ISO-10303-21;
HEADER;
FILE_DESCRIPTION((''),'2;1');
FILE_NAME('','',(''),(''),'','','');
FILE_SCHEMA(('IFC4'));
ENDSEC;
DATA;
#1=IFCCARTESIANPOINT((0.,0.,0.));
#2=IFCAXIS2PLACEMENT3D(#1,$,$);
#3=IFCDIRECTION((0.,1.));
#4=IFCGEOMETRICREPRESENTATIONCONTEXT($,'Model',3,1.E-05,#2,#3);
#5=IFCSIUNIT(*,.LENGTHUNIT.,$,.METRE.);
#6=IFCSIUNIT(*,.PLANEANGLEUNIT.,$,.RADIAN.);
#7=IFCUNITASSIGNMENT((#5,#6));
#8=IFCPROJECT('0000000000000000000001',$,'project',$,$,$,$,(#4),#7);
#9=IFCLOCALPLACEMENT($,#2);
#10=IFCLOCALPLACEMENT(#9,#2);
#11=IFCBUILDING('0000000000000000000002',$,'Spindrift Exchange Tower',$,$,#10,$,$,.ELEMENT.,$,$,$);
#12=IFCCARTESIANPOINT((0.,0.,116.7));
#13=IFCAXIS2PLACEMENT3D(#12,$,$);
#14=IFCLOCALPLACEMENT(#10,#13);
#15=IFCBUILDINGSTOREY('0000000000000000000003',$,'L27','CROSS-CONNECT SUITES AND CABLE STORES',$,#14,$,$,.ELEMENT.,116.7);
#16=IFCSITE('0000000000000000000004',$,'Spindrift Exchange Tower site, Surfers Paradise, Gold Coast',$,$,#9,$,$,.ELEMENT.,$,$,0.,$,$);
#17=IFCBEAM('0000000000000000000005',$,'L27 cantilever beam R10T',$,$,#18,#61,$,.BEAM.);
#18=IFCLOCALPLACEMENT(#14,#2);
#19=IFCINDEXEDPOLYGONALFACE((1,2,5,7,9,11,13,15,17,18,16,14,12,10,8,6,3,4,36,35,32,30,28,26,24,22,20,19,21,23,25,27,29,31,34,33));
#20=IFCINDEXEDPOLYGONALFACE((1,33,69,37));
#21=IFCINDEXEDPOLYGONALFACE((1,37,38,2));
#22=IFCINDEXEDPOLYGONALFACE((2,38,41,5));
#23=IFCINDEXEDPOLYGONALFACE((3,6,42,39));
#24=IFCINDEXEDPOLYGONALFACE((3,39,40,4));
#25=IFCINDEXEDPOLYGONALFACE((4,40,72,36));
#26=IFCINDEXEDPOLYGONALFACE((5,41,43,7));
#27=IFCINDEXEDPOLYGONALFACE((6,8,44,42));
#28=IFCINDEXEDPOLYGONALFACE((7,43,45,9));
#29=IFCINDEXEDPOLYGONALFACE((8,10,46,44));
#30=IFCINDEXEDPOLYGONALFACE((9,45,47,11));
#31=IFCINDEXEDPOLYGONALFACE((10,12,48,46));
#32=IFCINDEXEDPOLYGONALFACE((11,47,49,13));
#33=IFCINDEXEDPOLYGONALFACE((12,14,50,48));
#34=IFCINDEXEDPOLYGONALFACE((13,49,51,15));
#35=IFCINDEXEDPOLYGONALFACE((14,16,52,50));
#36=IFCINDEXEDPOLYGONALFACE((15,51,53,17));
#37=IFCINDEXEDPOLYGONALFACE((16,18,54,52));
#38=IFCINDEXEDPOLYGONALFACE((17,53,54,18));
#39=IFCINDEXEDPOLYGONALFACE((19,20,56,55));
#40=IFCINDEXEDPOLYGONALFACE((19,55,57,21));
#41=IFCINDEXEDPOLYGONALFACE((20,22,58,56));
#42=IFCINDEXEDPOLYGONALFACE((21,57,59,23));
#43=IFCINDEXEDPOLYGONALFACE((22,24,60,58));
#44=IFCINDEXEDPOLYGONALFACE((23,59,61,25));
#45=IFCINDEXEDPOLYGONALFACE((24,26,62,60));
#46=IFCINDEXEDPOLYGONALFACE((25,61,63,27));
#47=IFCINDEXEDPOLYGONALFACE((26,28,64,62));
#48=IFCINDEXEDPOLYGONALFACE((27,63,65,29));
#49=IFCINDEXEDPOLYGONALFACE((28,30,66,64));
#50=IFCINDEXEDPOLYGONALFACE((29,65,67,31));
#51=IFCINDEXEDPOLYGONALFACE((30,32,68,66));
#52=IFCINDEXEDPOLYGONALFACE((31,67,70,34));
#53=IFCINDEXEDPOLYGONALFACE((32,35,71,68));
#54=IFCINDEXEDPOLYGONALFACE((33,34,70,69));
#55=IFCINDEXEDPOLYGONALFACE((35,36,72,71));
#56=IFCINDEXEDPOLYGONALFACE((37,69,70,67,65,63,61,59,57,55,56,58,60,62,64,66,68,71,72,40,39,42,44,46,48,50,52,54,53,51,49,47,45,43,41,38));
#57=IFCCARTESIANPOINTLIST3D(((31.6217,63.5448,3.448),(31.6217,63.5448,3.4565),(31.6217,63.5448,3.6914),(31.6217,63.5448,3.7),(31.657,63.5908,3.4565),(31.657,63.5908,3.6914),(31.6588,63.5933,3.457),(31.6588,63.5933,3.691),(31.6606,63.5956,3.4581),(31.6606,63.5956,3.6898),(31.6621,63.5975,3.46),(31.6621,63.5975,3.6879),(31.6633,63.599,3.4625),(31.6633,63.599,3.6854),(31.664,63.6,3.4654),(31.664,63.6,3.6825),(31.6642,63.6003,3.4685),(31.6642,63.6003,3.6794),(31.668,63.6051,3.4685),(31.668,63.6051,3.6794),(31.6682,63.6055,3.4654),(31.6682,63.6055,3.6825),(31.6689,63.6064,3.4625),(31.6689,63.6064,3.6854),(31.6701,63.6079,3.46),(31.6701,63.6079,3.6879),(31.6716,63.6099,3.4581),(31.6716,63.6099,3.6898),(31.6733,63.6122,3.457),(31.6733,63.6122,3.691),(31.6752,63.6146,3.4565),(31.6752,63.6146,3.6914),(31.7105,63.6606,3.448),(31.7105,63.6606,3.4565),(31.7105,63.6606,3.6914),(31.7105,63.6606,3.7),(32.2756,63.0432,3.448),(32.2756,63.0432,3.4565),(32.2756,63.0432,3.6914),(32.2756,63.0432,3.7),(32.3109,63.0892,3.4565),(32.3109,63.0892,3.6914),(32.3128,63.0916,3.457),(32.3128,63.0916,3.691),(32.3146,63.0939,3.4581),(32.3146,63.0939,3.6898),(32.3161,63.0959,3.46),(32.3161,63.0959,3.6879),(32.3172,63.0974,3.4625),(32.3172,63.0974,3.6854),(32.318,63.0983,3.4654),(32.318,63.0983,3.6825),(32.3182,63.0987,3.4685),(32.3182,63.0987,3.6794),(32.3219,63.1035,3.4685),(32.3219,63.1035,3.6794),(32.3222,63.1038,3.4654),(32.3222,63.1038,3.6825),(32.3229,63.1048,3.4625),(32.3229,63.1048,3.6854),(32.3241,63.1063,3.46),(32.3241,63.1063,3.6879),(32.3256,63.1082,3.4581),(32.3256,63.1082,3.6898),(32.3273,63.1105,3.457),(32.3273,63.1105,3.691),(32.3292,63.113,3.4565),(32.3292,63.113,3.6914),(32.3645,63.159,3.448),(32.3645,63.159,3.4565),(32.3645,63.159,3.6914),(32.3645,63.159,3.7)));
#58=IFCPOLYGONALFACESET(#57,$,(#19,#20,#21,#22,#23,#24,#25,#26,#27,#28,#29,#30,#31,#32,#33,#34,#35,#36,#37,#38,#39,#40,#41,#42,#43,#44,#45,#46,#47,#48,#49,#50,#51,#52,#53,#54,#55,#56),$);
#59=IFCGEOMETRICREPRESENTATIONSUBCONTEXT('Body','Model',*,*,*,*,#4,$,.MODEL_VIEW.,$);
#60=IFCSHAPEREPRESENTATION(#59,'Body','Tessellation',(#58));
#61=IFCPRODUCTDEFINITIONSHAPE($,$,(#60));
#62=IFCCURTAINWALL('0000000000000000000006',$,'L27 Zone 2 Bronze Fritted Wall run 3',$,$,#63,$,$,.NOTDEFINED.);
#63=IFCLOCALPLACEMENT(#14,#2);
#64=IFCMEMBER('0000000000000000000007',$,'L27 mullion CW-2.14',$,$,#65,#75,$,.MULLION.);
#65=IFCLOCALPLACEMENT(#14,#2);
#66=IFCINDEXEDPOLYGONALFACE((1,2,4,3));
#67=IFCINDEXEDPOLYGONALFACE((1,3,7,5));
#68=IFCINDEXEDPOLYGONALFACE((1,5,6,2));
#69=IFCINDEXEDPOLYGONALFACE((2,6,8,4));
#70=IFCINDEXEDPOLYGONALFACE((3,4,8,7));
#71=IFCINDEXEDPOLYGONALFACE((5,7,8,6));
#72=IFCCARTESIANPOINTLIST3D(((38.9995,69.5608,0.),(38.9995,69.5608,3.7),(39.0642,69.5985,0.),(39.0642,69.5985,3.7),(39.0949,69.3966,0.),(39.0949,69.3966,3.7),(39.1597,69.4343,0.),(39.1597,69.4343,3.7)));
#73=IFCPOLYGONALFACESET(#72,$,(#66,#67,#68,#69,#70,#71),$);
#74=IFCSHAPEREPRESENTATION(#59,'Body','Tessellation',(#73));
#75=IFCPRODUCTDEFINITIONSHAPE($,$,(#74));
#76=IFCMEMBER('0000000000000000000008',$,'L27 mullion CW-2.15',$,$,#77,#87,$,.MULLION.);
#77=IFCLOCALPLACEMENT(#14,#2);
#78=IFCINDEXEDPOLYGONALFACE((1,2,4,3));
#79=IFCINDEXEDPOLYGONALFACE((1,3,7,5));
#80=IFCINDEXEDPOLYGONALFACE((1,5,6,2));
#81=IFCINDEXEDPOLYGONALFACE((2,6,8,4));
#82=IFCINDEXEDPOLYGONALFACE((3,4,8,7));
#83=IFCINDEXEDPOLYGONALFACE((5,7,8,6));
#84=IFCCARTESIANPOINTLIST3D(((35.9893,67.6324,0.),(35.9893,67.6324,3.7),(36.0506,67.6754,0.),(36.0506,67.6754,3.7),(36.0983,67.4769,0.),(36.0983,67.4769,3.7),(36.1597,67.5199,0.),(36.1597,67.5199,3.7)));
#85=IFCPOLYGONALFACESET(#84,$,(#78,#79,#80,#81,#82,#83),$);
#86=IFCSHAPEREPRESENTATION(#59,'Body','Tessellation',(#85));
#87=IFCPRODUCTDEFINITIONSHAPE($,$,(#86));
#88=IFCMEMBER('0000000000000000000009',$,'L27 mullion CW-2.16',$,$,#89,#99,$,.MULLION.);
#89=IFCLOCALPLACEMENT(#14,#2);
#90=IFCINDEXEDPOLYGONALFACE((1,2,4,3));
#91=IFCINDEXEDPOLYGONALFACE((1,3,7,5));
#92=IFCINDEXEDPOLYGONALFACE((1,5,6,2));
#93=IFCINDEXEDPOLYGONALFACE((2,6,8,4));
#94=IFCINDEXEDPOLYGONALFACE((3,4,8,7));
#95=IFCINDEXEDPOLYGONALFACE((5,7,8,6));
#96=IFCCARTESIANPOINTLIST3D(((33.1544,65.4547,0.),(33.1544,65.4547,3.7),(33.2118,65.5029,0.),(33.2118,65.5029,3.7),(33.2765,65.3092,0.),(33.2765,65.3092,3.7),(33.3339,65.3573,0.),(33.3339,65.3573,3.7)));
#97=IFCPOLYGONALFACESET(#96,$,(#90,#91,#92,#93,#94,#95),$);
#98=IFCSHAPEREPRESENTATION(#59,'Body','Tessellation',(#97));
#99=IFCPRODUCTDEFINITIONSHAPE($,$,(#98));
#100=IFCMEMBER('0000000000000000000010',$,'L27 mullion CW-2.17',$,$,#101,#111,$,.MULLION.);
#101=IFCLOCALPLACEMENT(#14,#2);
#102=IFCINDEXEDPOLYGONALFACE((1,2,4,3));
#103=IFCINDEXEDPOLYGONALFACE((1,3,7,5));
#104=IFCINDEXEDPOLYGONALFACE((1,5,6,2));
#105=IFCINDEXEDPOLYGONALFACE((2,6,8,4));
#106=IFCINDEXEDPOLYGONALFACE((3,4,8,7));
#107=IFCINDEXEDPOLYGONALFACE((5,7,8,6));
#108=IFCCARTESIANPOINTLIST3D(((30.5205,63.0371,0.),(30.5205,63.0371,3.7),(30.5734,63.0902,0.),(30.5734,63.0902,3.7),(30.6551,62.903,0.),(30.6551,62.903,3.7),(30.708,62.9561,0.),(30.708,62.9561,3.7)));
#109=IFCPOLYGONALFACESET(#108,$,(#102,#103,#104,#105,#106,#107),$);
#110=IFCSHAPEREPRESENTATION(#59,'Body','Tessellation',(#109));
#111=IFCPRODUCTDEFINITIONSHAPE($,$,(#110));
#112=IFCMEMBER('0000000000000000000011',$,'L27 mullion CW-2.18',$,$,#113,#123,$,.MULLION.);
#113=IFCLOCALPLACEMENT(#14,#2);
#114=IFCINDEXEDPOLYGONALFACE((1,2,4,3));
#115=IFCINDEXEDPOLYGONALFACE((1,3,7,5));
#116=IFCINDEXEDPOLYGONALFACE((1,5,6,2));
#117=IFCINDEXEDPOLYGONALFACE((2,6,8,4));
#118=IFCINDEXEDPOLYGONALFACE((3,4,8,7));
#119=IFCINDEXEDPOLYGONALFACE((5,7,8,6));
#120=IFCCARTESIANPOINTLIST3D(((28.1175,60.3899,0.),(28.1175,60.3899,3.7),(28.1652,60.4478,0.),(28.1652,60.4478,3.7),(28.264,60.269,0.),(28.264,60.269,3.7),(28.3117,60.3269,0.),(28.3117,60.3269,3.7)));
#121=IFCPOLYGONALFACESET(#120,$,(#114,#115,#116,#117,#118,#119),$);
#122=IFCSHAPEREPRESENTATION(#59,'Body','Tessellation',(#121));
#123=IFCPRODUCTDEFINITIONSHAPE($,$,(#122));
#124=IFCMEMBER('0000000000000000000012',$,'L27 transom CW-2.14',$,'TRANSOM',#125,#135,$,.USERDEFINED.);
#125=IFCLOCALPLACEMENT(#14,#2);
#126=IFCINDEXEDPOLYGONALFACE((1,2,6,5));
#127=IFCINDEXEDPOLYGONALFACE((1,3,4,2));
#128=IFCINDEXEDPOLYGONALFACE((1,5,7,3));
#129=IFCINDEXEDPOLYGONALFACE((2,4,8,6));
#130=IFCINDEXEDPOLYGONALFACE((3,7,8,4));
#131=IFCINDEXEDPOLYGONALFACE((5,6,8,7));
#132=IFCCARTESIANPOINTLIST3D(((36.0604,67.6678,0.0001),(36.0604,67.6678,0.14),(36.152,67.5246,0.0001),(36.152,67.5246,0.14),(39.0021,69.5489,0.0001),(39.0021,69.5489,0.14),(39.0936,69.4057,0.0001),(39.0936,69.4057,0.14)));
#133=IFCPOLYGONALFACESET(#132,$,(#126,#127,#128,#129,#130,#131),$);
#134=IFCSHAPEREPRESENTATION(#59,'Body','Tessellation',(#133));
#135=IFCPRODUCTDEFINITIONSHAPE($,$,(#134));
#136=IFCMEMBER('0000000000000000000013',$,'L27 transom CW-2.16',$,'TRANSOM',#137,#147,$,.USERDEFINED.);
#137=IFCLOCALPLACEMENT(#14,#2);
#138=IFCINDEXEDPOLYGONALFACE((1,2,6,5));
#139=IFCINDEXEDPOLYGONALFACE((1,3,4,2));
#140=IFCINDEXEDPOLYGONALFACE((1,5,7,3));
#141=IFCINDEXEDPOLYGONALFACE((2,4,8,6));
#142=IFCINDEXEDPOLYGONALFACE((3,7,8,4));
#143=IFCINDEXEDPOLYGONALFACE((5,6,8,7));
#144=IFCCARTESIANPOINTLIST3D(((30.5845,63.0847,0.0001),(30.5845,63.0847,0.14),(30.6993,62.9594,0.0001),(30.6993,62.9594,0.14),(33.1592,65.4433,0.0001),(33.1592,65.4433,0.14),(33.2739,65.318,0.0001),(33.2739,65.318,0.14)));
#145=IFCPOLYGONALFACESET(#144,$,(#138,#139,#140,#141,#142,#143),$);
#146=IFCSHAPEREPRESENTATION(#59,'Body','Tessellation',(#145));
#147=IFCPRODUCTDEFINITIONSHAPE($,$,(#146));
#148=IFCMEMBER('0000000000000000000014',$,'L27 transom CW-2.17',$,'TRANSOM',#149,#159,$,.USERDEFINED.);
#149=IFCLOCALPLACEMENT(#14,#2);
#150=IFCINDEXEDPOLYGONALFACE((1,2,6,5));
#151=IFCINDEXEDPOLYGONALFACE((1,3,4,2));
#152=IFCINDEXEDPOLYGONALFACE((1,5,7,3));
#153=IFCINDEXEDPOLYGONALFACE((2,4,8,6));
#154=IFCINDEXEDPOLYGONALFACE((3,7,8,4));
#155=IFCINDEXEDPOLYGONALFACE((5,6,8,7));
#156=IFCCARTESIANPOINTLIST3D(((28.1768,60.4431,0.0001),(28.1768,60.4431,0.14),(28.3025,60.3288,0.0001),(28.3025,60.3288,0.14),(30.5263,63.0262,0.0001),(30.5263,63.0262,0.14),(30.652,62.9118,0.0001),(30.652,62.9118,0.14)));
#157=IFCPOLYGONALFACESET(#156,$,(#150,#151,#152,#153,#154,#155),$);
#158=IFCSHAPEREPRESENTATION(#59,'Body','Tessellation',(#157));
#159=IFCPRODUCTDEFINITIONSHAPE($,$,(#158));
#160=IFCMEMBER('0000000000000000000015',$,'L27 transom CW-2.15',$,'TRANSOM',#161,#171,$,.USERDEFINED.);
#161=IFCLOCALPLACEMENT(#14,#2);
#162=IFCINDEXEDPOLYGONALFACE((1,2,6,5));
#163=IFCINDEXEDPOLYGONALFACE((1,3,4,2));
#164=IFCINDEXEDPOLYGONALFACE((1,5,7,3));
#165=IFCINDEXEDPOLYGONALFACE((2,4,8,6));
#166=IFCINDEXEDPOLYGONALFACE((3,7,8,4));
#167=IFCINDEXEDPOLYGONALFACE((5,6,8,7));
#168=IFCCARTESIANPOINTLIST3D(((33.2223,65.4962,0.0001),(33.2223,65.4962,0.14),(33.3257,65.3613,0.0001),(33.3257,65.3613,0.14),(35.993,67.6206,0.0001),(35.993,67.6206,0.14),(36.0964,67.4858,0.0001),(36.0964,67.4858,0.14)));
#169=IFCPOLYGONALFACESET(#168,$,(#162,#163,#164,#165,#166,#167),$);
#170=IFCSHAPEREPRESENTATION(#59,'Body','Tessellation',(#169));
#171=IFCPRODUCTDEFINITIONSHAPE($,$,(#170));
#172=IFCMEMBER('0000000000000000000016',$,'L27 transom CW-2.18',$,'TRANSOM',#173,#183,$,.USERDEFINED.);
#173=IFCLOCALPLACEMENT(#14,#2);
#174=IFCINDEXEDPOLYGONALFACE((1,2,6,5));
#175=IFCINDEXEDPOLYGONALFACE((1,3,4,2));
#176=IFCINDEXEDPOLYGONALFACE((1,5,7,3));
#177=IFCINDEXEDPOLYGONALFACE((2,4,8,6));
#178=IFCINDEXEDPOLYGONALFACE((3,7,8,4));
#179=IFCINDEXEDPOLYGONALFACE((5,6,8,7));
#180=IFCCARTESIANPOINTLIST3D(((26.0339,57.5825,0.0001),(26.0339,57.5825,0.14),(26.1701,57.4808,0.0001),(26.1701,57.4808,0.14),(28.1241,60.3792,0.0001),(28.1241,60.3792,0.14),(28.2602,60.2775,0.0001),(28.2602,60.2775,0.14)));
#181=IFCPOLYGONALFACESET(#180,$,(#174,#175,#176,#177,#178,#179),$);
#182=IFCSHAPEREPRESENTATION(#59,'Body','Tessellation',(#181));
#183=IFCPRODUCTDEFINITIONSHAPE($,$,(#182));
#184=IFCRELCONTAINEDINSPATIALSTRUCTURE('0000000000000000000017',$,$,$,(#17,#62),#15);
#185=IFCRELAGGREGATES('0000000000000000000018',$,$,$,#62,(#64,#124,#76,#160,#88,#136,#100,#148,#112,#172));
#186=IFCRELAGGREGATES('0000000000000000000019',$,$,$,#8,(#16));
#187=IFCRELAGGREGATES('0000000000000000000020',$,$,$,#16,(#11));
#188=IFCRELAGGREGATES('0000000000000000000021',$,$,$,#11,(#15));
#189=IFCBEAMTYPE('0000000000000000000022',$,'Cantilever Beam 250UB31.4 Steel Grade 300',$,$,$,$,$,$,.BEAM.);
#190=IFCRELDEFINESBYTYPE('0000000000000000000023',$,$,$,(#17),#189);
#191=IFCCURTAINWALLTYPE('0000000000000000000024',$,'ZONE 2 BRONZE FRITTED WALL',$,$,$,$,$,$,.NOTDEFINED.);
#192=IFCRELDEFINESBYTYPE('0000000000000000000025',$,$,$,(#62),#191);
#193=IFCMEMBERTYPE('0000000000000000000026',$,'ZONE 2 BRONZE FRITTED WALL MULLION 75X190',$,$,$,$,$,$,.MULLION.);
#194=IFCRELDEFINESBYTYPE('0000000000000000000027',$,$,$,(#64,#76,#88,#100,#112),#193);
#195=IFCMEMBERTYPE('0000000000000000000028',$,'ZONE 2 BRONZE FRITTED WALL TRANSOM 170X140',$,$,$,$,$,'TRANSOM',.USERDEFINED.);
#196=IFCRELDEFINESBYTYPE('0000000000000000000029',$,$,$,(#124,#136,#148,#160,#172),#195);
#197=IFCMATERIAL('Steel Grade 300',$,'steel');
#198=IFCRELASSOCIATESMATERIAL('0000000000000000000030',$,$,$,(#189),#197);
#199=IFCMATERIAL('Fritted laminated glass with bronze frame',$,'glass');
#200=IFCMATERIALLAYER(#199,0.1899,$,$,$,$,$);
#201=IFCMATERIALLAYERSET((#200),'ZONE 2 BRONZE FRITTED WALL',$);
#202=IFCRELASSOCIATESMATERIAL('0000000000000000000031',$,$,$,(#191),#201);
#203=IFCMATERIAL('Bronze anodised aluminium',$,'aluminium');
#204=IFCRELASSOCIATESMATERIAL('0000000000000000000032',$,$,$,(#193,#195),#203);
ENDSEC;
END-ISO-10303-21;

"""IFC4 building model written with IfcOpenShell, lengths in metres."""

from ifc_helpers import new_model, si_unit, direction, frame, origin, origin_2d, place, context, subcontext, project, spatial, rectangle, i_section, extrude, source, transform, mapped, material, layer, layer_set, material_profile, profile_set, type_object, element, aggregate, save


model = new_model("IFC4")

# Units and contexts
model_context = context("Model", 3, precision=1e-05, world=origin(), true_north=direction((0.0, 1.0)))
body_context = subcontext(model_context, "Body", "Model", "MODEL_VIEW")
ifc_project = project(units=[si_unit("LENGTHUNIT", "METRE"), si_unit("PLANEANGLEUNIT", "RADIAN")], contexts=[model_context])

# Site, building, storey
site_placement = place(None, origin())
site = spatial("IfcSite", under=ifc_project, at=site_placement, Name="Spindrift Exchange Tower site, Surfers Paradise, Gold Coast", CompositionType="ELEMENT", RefElevation=0.0)
building_placement = place(site_placement, origin())
building = spatial("IfcBuilding", under=site, at=building_placement, Name="Spindrift Exchange Tower", CompositionType="ELEMENT")
storey_placement = place(building_placement, frame((0.0, 0.0, 116.7)))
storey = spatial("IfcBuildingStorey", under=building, at=storey_placement, Name="L27", Description="CROSS-CONNECT SUITES AND CABLE STORES", CompositionType="ELEMENT", Elevation=116.7)

# Beam
ifc_material_1 = material(Name="Steel Grade 300", Category="steel")
ifc_material_profile_1 = material_profile(ifc_material_1, i_section(OverallWidth=0.146, OverallDepth=0.252, WebThickness=0.0061, FlangeThickness=0.0085, FilletRadius=0.012, at=origin_2d()), Name="250UB31.4")
ifc_profile_set_1 = profile_set([ifc_material_profile_1], Name="Steel Grade 300")
beam_type_1 = type_object("IfcBeamType", Name="Cantilever Beam 250UB31.4 Steel Grade 300", PredefinedType="BEAM", material=ifc_profile_set_1)
shared_shape_1 = source(origin(), body_context, "Body", "SweptSolid", [
    extrude(i_section(OverallWidth=0.146, OverallDepth=0.252, WebThickness=0.0061, FlangeThickness=0.0085, FilletRadius=0.012, at=origin_2d()), origin(), (0.0, 0.0, 1.0), 0.8242),
])
beam_1_placement = place(storey_placement, frame((32.3201, 63.1011, 3.574), z_axis=(-0.793449, 0.608637, 0.0), x_axis=(-0.608637, -0.793449, 0.0)))
element("IfcBeam", 1, at=beam_1_placement, inside=storey, type_object=beam_type_1, Name="L27 cantilever beam R10T", PredefinedType="BEAM", context=body_context, shape_type="MappedRepresentation", body=[
    mapped(shared_shape_1, transform((0.0, 0.0, 0.0), scale=1.0)),
])

# Curtain wall, members
ifc_material_2 = material(Name="Fritted laminated glass with bronze frame", Category="glass")
ifc_layer_1 = layer(ifc_material_2, 0.1899)
ifc_layer_set_1 = layer_set([ifc_layer_1], Name="ZONE 2 BRONZE FRITTED WALL")
curtain_wall_type = type_object("IfcCurtainWallType", Name="ZONE 2 BRONZE FRITTED WALL", PredefinedType="NOTDEFINED", material=ifc_layer_set_1)
curtain_wall_placement = place(storey_placement, origin())
curtain_wall = element("IfcCurtainWall", 2, at=curtain_wall_placement, inside=storey, type_object=curtain_wall_type, Name="L27 Zone 2 Bronze Fritted Wall run 3", PredefinedType="NOTDEFINED")
ifc_material_3 = material(Name="Bronze anodised aluminium", Category="aluminium")
ifc_material_profile_2 = material_profile(ifc_material_3, rectangle(XDim=0.075, YDim=0.1899, at=origin_2d()), Name="ZONE 2 BRONZE FRITTED WALL MULLION 75X190")
ifc_profile_set_2 = profile_set([ifc_material_profile_2], Name="Bronze anodised aluminium")
member_type_1 = type_object("IfcMemberType", Name="ZONE 2 BRONZE FRITTED WALL MULLION 75X190", PredefinedType="MULLION", material=ifc_profile_set_2)
shared_shape_2 = source(origin(), body_context, "Body", "SweptSolid", [
    extrude(rectangle(XDim=0.075, YDim=0.1899, at=origin_2d()), origin(), (0.0, 0.0, 1.0), 3.7),
])
member_1_placement = place(storey_placement, frame((39.0796, 69.4976, 0.0), z_axis=(0.0, 0.0, 1.0), x_axis=(-0.864467, -0.50269, 0.0)))
member_1 = element("IfcMember", 3, at=member_1_placement, type_object=member_type_1, Name="L27 mullion CW-2.14", PredefinedType="MULLION", context=body_context, shape_type="MappedRepresentation", body=[
    mapped(shared_shape_2, transform((0.0, 0.0, 0.0), scale=1.0)),
])
member_2_placement = place(storey_placement, frame((36.0745, 67.5762, 0.0), z_axis=(0.0, 0.0, 1.0), x_axis=(-0.818777, -0.574112, 0.0)))
member_2 = element("IfcMember", 4, at=member_2_placement, type_object=member_type_1, Name="L27 mullion CW-2.15", PredefinedType="MULLION", context=body_context, shape_type="MappedRepresentation", body=[
    mapped(shared_shape_2, transform((0.0, 0.0, 0.0), scale=1.0)),
])
member_3_placement = place(storey_placement, frame((33.2441, 65.406, 0.0), z_axis=(0.0, 0.0, 1.0), x_axis=(-0.7662, -0.642602, 0.0)))
member_3 = element("IfcMember", 5, at=member_3_placement, type_object=member_type_1, Name="L27 mullion CW-2.16", PredefinedType="MULLION", context=body_context, shape_type="MappedRepresentation", body=[
    mapped(shared_shape_2, transform((0.0, 0.0, 0.0), scale=1.0)),
])
member_4_placement = place(storey_placement, frame((30.6143, 62.9966, 0.0), z_axis=(0.0, 0.0, 1.0), x_axis=(-0.705842, -0.708369, 0.0)))
member_4 = element("IfcMember", 6, at=member_4_placement, type_object=member_type_1, Name="L27 mullion CW-2.17", PredefinedType="MULLION", context=body_context, shape_type="MappedRepresentation", body=[
    mapped(shared_shape_2, transform((0.0, 0.0, 0.0), scale=1.0)),
])
member_5_placement = place(storey_placement, frame((28.2146, 60.3584, 0.0), z_axis=(0.0, 0.0, 1.0), x_axis=(-0.636484, -0.77129, 0.0)))
member_5 = element("IfcMember", 7, at=member_5_placement, type_object=member_type_1, Name="L27 mullion CW-2.18", PredefinedType="MULLION", context=body_context, shape_type="MappedRepresentation", body=[
    mapped(shared_shape_2, transform((0.0, 0.0, 0.0), scale=1.0)),
])
ifc_material_profile_3 = material_profile(ifc_material_3, rectangle(XDim=0.1699, YDim=0.1399, at=origin_2d()), Name="ZONE 2 BRONZE FRITTED WALL TRANSOM 170X140")
ifc_profile_set_3 = profile_set([ifc_material_profile_3], Name="Bronze anodised aluminium")
member_type_2 = type_object("IfcMemberType", Name="ZONE 2 BRONZE FRITTED WALL TRANSOM 170X140", ElementType="TRANSOM", PredefinedType="USERDEFINED", material=ifc_profile_set_3)
shared_shape_3 = source(origin(), body_context, "Body", "SweptSolid", [
    extrude(rectangle(XDim=0.1699, YDim=0.1399, at=origin_2d()), origin(), (0.0, 0.0, 1.0), 3.4917),
])
member_6_placement = place(storey_placement, frame((39.0479, 69.4773, 0.0701), z_axis=(-0.842473, -0.538738, 0.0), x_axis=(0.538738, -0.842473, 0.0)))
member_6 = element("IfcMember", 8, at=member_6_placement, type_object=member_type_2, Name="L27 transom CW-2.14", ObjectType="TRANSOM", PredefinedType="USERDEFINED", context=body_context, shape_type="MappedRepresentation", body=[
    mapped(shared_shape_3, transform((0.0, 0.0, 0.0), scale=1.0)),
])
member_7_placement = place(storey_placement, frame((33.2166, 65.3806, 0.0701), z_axis=(-0.737369, -0.67549, 0.0), x_axis=(0.67549, -0.737369, 0.0)))
member_7 = element("IfcMember", 9, at=member_7_placement, type_object=member_type_2, Name="L27 transom CW-2.16", ObjectType="TRANSOM", PredefinedType="USERDEFINED", context=body_context, shape_type="MappedRepresentation", body=[
    mapped(shared_shape_3, transform((0.0, 0.0, 0.0), scale=1.0)),
])
member_8_placement = place(storey_placement, frame((30.5891, 62.969, 0.0701), z_axis=(-0.672857, -0.739772, 0.0), x_axis=(0.739772, -0.672857, 0.0)))
member_8 = element("IfcMember", 10, at=member_8_placement, type_object=member_type_2, Name="L27 transom CW-2.17", ObjectType="TRANSOM", PredefinedType="USERDEFINED", context=body_context, shape_type="MappedRepresentation", body=[
    mapped(shared_shape_3, transform((0.0, 0.0, 0.0), scale=1.0)),
])
shared_shape_4 = source(origin(), body_context, "Body", "SweptSolid", [
    extrude(rectangle(XDim=0.1699, YDim=0.1399, at=origin_2d()), origin(), (0.0, 0.0, 1.0), 3.4915),
])
member_9_placement = place(storey_placement, frame((36.0447, 67.5532, 0.0701), z_axis=(-0.793569, -0.60848, 0.0), x_axis=(0.60848, -0.793569, 0.0)))
member_9 = element("IfcMember", 11, at=member_9_placement, type_object=member_type_2, Name="L27 transom CW-2.15", ObjectType="TRANSOM", PredefinedType="USERDEFINED", context=body_context, shape_type="MappedRepresentation", body=[
    mapped(shared_shape_4, transform((0.0, 0.0, 0.0), scale=1.0)),
])
member_10_placement = place(storey_placement, frame((28.1921, 60.3284, 0.0701), z_axis=(-0.598645, -0.801014, 0.0), x_axis=(0.801014, -0.598645, 0.0)))
member_10 = element("IfcMember", 12, at=member_10_placement, type_object=member_type_2, Name="L27 transom CW-2.18", ObjectType="TRANSOM", PredefinedType="USERDEFINED", context=body_context, shape_type="MappedRepresentation", body=[
    mapped(shared_shape_4, transform((0.0, 0.0, 0.0), scale=1.0)),
])
aggregate(curtain_wall, [member_1, member_6, member_2, member_9, member_3, member_7, member_4, member_8, member_5, member_10])

save(model, "model.ifc")
